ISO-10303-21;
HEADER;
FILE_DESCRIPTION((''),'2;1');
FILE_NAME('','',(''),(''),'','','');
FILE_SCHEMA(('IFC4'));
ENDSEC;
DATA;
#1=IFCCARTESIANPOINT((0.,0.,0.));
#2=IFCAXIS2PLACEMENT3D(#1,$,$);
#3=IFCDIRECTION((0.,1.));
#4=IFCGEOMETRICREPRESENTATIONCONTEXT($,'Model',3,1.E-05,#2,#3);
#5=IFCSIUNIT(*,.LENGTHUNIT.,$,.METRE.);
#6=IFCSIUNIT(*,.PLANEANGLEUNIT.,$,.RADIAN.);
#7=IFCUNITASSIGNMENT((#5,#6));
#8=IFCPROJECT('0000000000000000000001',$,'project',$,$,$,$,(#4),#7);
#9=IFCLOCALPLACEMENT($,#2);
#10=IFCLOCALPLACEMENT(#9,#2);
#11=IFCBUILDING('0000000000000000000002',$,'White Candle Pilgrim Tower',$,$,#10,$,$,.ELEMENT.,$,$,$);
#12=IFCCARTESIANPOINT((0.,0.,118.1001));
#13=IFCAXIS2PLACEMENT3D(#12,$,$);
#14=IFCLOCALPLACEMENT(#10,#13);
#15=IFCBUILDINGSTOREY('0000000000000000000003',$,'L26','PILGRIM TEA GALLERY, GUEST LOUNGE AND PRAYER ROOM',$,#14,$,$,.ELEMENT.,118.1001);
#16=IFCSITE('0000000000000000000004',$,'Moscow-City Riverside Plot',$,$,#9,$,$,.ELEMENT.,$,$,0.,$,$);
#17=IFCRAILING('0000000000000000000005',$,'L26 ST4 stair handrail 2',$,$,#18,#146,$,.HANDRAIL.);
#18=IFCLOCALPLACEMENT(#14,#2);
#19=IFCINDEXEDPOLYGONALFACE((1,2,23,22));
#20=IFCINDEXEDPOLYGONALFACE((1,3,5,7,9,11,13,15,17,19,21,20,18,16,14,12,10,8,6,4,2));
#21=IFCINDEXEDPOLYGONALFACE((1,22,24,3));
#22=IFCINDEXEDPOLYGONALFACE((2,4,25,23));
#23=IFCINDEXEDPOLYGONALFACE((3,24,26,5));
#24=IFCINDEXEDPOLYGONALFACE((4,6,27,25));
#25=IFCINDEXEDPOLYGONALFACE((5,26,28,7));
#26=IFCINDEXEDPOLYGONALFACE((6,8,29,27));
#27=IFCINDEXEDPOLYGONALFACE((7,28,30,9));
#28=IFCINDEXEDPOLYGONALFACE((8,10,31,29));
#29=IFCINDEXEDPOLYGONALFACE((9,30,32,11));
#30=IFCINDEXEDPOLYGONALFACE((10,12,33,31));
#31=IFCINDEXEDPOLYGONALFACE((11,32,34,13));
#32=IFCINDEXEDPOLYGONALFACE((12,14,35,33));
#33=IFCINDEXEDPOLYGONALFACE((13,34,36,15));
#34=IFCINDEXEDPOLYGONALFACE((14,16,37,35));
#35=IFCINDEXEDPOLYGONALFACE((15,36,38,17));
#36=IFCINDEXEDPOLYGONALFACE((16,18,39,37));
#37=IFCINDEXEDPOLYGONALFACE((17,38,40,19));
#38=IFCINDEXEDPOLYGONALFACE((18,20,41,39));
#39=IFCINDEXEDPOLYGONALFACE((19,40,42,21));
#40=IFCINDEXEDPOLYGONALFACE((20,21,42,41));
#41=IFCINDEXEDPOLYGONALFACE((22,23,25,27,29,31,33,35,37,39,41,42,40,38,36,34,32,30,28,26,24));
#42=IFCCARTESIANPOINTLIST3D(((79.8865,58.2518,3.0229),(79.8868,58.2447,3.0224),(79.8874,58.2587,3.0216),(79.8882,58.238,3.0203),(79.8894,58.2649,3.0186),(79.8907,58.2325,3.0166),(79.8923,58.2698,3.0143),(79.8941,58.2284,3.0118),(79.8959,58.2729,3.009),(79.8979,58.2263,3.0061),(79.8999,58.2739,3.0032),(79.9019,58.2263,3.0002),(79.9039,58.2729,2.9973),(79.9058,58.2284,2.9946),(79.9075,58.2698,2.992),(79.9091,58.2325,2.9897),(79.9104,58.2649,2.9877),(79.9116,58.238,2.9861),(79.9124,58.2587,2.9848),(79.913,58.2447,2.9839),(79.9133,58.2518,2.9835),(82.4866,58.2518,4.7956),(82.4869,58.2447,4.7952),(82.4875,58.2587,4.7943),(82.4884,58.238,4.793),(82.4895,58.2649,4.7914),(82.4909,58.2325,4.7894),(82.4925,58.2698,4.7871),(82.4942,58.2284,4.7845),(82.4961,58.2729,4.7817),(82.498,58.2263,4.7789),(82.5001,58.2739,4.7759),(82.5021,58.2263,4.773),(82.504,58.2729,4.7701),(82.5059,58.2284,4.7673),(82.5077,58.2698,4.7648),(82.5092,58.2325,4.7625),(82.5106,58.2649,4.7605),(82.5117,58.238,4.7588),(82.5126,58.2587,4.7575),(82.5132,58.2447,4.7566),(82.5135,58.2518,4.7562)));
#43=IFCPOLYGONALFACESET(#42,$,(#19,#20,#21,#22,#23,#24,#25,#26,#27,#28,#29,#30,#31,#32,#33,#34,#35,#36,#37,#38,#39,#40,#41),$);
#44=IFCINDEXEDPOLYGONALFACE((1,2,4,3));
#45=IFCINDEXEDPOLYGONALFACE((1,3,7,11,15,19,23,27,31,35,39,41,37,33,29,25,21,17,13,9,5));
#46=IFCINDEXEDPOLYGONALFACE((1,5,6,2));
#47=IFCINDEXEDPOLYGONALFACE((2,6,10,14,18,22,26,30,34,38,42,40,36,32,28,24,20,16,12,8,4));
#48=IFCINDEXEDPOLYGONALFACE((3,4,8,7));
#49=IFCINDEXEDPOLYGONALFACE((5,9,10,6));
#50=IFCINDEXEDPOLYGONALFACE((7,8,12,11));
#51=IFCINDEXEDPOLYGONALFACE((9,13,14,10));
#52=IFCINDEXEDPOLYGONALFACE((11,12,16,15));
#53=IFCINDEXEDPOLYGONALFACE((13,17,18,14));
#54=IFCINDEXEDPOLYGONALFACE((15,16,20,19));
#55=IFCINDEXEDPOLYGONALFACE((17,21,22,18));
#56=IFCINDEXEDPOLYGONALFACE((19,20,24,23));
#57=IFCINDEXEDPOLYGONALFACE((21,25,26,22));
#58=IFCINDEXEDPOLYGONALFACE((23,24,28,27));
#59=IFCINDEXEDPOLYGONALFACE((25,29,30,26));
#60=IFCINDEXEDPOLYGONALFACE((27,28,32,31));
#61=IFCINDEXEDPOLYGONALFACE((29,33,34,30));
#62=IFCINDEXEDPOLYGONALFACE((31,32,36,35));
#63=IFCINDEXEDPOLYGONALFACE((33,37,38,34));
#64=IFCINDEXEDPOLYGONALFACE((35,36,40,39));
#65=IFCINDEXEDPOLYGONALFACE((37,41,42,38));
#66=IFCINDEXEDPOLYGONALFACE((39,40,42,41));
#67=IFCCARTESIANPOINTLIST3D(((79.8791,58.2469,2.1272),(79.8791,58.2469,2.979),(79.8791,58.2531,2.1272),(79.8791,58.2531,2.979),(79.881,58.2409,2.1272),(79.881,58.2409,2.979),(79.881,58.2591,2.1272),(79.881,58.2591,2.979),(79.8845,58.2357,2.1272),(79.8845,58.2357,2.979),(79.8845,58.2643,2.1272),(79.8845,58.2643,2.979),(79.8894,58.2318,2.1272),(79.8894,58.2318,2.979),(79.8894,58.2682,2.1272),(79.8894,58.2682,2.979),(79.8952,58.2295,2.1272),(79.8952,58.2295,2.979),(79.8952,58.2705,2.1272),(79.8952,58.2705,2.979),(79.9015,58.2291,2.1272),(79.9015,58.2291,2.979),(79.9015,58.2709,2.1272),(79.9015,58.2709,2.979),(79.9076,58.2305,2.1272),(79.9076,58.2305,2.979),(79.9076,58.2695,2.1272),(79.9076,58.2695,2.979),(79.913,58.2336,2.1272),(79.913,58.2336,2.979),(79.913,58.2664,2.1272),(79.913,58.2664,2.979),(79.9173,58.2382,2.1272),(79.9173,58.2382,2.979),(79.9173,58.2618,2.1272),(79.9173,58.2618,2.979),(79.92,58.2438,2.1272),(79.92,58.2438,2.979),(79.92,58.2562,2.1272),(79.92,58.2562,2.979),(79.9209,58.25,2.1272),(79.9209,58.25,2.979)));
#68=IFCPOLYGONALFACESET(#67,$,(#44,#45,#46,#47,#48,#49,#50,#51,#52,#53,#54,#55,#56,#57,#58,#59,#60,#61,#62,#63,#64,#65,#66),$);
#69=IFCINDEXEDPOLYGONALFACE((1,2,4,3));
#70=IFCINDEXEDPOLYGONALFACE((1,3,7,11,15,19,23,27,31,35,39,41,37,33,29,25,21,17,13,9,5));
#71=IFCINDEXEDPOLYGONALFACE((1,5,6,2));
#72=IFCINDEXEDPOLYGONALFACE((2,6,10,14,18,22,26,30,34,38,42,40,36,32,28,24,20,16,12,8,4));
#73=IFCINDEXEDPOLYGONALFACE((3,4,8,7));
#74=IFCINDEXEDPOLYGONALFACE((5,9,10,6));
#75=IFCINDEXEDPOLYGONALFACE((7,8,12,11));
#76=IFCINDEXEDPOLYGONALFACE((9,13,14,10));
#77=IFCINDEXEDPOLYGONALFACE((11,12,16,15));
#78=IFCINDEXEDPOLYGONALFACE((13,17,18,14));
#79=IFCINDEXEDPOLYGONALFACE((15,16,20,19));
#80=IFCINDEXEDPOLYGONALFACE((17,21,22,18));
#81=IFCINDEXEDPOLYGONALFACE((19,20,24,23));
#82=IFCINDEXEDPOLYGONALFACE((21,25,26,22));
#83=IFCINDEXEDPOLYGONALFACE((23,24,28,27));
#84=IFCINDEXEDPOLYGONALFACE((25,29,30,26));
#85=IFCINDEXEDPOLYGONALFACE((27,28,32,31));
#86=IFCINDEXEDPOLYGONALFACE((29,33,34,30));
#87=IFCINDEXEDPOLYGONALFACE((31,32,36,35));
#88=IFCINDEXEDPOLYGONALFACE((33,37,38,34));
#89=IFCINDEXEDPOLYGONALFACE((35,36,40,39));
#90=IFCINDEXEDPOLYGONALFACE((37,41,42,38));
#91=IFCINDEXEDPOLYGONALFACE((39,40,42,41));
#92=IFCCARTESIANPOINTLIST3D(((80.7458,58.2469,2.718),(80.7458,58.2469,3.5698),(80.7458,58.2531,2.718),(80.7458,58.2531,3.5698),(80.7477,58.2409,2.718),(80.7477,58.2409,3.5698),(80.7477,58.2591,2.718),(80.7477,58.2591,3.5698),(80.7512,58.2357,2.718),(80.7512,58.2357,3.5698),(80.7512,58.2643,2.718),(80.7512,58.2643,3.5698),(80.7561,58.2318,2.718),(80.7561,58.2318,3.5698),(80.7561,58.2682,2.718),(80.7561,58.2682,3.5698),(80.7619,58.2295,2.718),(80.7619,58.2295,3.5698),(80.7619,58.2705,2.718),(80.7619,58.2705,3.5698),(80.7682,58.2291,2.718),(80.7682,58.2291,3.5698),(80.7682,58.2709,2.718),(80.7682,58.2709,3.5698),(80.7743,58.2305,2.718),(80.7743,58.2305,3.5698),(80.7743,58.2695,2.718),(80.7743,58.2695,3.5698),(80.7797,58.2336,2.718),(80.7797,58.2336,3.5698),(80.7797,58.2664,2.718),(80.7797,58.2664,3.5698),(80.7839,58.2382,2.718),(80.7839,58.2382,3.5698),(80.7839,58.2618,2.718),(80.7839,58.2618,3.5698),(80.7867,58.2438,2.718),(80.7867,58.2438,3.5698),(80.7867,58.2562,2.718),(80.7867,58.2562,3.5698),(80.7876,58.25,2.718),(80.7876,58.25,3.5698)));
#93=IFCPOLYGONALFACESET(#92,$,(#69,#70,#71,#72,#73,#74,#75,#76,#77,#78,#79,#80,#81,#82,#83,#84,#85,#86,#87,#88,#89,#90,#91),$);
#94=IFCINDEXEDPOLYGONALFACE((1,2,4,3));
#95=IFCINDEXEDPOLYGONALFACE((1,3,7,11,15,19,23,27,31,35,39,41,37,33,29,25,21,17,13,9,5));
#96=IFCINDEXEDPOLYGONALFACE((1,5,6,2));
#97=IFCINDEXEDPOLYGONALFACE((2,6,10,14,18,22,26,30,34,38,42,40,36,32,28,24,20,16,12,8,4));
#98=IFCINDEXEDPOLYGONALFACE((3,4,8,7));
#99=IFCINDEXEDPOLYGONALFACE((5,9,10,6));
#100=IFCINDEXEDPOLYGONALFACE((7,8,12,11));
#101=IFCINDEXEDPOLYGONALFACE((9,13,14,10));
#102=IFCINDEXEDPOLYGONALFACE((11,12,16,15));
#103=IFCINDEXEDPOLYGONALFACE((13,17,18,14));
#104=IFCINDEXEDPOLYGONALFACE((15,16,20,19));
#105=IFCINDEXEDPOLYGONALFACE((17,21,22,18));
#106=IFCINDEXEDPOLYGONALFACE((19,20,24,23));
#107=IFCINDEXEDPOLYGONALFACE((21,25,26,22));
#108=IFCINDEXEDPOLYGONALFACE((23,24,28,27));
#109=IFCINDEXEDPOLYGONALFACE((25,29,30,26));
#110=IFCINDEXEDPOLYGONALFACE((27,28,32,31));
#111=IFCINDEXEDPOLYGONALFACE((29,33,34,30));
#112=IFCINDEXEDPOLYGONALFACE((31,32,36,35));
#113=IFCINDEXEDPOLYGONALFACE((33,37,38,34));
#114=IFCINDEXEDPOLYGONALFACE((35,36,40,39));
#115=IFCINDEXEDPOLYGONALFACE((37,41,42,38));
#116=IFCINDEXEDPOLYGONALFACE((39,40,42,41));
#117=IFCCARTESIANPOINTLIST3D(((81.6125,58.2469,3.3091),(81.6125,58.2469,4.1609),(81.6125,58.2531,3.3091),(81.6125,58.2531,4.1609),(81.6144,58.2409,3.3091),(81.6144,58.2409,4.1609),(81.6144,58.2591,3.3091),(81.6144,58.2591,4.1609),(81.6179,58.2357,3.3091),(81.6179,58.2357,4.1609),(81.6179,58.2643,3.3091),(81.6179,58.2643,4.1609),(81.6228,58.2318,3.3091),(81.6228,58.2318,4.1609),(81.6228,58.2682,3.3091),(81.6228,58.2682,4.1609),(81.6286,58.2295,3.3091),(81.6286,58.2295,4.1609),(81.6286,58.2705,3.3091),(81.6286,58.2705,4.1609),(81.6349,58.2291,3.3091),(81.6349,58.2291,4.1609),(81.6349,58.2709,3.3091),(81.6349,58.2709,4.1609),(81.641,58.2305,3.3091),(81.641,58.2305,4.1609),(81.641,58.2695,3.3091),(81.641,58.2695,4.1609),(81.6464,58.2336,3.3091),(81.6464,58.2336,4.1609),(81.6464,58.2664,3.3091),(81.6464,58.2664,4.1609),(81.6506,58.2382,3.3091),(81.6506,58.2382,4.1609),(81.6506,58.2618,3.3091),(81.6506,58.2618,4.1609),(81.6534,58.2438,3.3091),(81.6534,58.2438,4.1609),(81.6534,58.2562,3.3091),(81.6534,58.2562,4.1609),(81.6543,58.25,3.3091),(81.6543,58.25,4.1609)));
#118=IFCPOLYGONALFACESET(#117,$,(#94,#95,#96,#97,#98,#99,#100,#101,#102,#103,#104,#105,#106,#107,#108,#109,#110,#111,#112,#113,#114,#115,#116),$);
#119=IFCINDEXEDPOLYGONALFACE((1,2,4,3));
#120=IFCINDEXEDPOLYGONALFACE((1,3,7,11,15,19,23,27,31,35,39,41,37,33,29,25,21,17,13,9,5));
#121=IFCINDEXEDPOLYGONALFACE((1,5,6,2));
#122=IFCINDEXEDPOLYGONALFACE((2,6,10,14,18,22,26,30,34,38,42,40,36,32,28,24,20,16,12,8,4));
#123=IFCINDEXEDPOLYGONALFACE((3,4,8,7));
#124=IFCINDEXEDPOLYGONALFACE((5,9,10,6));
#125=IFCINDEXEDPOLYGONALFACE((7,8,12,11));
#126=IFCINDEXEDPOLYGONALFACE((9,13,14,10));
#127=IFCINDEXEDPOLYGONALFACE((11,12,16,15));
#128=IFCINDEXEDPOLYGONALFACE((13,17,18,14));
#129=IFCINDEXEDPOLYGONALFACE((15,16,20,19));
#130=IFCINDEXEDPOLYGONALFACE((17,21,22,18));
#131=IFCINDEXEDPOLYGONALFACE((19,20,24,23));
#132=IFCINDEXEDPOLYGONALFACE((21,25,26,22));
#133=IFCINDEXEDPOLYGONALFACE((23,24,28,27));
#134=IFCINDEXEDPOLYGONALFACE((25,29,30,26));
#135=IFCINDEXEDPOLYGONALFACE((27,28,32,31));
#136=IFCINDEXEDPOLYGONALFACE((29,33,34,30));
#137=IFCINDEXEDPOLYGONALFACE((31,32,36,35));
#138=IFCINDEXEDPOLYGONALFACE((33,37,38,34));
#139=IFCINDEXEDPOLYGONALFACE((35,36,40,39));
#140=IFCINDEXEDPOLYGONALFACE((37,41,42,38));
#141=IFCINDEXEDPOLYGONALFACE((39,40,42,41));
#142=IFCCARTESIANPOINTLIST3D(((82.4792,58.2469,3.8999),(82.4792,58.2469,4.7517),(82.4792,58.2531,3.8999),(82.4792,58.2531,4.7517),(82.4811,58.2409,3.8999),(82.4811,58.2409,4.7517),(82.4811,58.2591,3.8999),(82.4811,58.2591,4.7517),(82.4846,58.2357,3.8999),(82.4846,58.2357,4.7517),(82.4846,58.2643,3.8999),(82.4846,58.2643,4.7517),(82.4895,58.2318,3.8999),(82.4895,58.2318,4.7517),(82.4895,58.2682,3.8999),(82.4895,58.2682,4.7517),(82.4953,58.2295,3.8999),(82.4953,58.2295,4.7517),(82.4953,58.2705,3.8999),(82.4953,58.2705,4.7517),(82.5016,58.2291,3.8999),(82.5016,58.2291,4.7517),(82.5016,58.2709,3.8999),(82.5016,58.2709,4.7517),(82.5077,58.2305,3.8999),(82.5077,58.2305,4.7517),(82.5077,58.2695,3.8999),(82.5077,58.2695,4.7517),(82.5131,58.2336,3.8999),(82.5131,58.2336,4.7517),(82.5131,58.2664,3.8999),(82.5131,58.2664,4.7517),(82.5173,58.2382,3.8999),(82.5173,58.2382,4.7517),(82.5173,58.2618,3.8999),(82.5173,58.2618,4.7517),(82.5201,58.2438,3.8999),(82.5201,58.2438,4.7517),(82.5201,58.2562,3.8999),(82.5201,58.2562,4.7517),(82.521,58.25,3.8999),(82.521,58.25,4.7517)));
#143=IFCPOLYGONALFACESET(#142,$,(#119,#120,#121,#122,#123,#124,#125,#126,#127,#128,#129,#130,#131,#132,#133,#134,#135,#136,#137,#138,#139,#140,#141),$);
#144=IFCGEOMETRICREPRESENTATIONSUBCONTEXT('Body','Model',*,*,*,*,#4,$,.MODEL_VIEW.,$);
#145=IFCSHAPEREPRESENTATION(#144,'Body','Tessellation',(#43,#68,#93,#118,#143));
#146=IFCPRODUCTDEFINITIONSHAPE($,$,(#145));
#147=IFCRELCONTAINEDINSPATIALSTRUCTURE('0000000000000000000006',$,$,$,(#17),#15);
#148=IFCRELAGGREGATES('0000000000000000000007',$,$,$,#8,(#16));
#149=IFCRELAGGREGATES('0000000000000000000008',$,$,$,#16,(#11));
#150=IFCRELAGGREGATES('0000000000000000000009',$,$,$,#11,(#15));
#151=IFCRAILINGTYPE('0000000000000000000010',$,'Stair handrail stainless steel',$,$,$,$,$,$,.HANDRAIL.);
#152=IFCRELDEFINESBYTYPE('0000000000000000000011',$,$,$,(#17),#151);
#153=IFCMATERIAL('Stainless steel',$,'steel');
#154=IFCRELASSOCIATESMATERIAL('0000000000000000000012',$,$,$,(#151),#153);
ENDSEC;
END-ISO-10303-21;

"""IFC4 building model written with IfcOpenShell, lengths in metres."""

from ifc_helpers import new_model, si_unit, direction, frame, origin, origin_2d, place, context, subcontext, project, spatial, circle, extrude, material, type_object, element, save


model = new_model("IFC4")

# Units and contexts
model_context = context("Model", 3, precision=1e-05, world=origin(), true_north=direction((0.0, 1.0)))
body_context = subcontext(model_context, "Body", "Model", "MODEL_VIEW")
ifc_project = project(units=[si_unit("LENGTHUNIT", "METRE"), si_unit("PLANEANGLEUNIT", "RADIAN")], contexts=[model_context])

# Site, building, storey
site_placement = place(None, origin())
site = spatial("IfcSite", under=ifc_project, at=site_placement, Name="Moscow-City Riverside Plot", CompositionType="ELEMENT", RefElevation=0.0)
building_placement = place(site_placement, origin())
building = spatial("IfcBuilding", under=site, at=building_placement, Name="White Candle Pilgrim Tower", CompositionType="ELEMENT")
storey_placement = place(building_placement, frame((0.0, 0.0, 118.1001)))
storey = spatial("IfcBuildingStorey", under=building, at=storey_placement, Name="L26", Description="PILGRIM TEA GALLERY, GUEST LOUNGE AND PRAYER ROOM", CompositionType="ELEMENT", Elevation=118.1001)

# Railing
ifc_material_1 = material(Name="Stainless steel", Category="steel")
railing_type_1 = type_object("IfcRailingType", Name="Stair handrail stainless steel", PredefinedType="HANDRAIL", material=ifc_material_1)
railing_1_placement = place(storey_placement, frame((79.8999, 58.25, 2.1272)))
element("IfcRailing", 1, at=railing_1_placement, inside=storey, type_object=railing_type_1, Name="L26 ST4 stair handrail 2", PredefinedType="HANDRAIL", context=body_context, shape_type="SweptSolid", body=[
    extrude(circle(Radius=0.0239, at=origin_2d()), frame((0.0, 0.0, 0.876), z_axis=(0.82624, 0.0, 0.563318), x_axis=(0.0, 1.0, 0.0)), (0.0, 0.0, 1.0), 3.147),
    extrude(circle(Radius=0.021, at=origin_2d()), origin(), (0.0, 0.0, 1.0), 0.8518),
    extrude(circle(Radius=0.021, at=origin_2d()), frame((0.8667, 0.0, 0.5908)), (0.0, 0.0, 1.0), 0.8518),
    extrude(circle(Radius=0.021, at=origin_2d()), frame((1.7334, 0.0, 1.1819)), (0.0, 0.0, 1.0), 0.8518),
    extrude(circle(Radius=0.021, at=origin_2d()), frame((2.6001, 0.0, 1.7727)), (0.0, 0.0, 1.0), 0.8518),
])

save(model, "model.ifc")
